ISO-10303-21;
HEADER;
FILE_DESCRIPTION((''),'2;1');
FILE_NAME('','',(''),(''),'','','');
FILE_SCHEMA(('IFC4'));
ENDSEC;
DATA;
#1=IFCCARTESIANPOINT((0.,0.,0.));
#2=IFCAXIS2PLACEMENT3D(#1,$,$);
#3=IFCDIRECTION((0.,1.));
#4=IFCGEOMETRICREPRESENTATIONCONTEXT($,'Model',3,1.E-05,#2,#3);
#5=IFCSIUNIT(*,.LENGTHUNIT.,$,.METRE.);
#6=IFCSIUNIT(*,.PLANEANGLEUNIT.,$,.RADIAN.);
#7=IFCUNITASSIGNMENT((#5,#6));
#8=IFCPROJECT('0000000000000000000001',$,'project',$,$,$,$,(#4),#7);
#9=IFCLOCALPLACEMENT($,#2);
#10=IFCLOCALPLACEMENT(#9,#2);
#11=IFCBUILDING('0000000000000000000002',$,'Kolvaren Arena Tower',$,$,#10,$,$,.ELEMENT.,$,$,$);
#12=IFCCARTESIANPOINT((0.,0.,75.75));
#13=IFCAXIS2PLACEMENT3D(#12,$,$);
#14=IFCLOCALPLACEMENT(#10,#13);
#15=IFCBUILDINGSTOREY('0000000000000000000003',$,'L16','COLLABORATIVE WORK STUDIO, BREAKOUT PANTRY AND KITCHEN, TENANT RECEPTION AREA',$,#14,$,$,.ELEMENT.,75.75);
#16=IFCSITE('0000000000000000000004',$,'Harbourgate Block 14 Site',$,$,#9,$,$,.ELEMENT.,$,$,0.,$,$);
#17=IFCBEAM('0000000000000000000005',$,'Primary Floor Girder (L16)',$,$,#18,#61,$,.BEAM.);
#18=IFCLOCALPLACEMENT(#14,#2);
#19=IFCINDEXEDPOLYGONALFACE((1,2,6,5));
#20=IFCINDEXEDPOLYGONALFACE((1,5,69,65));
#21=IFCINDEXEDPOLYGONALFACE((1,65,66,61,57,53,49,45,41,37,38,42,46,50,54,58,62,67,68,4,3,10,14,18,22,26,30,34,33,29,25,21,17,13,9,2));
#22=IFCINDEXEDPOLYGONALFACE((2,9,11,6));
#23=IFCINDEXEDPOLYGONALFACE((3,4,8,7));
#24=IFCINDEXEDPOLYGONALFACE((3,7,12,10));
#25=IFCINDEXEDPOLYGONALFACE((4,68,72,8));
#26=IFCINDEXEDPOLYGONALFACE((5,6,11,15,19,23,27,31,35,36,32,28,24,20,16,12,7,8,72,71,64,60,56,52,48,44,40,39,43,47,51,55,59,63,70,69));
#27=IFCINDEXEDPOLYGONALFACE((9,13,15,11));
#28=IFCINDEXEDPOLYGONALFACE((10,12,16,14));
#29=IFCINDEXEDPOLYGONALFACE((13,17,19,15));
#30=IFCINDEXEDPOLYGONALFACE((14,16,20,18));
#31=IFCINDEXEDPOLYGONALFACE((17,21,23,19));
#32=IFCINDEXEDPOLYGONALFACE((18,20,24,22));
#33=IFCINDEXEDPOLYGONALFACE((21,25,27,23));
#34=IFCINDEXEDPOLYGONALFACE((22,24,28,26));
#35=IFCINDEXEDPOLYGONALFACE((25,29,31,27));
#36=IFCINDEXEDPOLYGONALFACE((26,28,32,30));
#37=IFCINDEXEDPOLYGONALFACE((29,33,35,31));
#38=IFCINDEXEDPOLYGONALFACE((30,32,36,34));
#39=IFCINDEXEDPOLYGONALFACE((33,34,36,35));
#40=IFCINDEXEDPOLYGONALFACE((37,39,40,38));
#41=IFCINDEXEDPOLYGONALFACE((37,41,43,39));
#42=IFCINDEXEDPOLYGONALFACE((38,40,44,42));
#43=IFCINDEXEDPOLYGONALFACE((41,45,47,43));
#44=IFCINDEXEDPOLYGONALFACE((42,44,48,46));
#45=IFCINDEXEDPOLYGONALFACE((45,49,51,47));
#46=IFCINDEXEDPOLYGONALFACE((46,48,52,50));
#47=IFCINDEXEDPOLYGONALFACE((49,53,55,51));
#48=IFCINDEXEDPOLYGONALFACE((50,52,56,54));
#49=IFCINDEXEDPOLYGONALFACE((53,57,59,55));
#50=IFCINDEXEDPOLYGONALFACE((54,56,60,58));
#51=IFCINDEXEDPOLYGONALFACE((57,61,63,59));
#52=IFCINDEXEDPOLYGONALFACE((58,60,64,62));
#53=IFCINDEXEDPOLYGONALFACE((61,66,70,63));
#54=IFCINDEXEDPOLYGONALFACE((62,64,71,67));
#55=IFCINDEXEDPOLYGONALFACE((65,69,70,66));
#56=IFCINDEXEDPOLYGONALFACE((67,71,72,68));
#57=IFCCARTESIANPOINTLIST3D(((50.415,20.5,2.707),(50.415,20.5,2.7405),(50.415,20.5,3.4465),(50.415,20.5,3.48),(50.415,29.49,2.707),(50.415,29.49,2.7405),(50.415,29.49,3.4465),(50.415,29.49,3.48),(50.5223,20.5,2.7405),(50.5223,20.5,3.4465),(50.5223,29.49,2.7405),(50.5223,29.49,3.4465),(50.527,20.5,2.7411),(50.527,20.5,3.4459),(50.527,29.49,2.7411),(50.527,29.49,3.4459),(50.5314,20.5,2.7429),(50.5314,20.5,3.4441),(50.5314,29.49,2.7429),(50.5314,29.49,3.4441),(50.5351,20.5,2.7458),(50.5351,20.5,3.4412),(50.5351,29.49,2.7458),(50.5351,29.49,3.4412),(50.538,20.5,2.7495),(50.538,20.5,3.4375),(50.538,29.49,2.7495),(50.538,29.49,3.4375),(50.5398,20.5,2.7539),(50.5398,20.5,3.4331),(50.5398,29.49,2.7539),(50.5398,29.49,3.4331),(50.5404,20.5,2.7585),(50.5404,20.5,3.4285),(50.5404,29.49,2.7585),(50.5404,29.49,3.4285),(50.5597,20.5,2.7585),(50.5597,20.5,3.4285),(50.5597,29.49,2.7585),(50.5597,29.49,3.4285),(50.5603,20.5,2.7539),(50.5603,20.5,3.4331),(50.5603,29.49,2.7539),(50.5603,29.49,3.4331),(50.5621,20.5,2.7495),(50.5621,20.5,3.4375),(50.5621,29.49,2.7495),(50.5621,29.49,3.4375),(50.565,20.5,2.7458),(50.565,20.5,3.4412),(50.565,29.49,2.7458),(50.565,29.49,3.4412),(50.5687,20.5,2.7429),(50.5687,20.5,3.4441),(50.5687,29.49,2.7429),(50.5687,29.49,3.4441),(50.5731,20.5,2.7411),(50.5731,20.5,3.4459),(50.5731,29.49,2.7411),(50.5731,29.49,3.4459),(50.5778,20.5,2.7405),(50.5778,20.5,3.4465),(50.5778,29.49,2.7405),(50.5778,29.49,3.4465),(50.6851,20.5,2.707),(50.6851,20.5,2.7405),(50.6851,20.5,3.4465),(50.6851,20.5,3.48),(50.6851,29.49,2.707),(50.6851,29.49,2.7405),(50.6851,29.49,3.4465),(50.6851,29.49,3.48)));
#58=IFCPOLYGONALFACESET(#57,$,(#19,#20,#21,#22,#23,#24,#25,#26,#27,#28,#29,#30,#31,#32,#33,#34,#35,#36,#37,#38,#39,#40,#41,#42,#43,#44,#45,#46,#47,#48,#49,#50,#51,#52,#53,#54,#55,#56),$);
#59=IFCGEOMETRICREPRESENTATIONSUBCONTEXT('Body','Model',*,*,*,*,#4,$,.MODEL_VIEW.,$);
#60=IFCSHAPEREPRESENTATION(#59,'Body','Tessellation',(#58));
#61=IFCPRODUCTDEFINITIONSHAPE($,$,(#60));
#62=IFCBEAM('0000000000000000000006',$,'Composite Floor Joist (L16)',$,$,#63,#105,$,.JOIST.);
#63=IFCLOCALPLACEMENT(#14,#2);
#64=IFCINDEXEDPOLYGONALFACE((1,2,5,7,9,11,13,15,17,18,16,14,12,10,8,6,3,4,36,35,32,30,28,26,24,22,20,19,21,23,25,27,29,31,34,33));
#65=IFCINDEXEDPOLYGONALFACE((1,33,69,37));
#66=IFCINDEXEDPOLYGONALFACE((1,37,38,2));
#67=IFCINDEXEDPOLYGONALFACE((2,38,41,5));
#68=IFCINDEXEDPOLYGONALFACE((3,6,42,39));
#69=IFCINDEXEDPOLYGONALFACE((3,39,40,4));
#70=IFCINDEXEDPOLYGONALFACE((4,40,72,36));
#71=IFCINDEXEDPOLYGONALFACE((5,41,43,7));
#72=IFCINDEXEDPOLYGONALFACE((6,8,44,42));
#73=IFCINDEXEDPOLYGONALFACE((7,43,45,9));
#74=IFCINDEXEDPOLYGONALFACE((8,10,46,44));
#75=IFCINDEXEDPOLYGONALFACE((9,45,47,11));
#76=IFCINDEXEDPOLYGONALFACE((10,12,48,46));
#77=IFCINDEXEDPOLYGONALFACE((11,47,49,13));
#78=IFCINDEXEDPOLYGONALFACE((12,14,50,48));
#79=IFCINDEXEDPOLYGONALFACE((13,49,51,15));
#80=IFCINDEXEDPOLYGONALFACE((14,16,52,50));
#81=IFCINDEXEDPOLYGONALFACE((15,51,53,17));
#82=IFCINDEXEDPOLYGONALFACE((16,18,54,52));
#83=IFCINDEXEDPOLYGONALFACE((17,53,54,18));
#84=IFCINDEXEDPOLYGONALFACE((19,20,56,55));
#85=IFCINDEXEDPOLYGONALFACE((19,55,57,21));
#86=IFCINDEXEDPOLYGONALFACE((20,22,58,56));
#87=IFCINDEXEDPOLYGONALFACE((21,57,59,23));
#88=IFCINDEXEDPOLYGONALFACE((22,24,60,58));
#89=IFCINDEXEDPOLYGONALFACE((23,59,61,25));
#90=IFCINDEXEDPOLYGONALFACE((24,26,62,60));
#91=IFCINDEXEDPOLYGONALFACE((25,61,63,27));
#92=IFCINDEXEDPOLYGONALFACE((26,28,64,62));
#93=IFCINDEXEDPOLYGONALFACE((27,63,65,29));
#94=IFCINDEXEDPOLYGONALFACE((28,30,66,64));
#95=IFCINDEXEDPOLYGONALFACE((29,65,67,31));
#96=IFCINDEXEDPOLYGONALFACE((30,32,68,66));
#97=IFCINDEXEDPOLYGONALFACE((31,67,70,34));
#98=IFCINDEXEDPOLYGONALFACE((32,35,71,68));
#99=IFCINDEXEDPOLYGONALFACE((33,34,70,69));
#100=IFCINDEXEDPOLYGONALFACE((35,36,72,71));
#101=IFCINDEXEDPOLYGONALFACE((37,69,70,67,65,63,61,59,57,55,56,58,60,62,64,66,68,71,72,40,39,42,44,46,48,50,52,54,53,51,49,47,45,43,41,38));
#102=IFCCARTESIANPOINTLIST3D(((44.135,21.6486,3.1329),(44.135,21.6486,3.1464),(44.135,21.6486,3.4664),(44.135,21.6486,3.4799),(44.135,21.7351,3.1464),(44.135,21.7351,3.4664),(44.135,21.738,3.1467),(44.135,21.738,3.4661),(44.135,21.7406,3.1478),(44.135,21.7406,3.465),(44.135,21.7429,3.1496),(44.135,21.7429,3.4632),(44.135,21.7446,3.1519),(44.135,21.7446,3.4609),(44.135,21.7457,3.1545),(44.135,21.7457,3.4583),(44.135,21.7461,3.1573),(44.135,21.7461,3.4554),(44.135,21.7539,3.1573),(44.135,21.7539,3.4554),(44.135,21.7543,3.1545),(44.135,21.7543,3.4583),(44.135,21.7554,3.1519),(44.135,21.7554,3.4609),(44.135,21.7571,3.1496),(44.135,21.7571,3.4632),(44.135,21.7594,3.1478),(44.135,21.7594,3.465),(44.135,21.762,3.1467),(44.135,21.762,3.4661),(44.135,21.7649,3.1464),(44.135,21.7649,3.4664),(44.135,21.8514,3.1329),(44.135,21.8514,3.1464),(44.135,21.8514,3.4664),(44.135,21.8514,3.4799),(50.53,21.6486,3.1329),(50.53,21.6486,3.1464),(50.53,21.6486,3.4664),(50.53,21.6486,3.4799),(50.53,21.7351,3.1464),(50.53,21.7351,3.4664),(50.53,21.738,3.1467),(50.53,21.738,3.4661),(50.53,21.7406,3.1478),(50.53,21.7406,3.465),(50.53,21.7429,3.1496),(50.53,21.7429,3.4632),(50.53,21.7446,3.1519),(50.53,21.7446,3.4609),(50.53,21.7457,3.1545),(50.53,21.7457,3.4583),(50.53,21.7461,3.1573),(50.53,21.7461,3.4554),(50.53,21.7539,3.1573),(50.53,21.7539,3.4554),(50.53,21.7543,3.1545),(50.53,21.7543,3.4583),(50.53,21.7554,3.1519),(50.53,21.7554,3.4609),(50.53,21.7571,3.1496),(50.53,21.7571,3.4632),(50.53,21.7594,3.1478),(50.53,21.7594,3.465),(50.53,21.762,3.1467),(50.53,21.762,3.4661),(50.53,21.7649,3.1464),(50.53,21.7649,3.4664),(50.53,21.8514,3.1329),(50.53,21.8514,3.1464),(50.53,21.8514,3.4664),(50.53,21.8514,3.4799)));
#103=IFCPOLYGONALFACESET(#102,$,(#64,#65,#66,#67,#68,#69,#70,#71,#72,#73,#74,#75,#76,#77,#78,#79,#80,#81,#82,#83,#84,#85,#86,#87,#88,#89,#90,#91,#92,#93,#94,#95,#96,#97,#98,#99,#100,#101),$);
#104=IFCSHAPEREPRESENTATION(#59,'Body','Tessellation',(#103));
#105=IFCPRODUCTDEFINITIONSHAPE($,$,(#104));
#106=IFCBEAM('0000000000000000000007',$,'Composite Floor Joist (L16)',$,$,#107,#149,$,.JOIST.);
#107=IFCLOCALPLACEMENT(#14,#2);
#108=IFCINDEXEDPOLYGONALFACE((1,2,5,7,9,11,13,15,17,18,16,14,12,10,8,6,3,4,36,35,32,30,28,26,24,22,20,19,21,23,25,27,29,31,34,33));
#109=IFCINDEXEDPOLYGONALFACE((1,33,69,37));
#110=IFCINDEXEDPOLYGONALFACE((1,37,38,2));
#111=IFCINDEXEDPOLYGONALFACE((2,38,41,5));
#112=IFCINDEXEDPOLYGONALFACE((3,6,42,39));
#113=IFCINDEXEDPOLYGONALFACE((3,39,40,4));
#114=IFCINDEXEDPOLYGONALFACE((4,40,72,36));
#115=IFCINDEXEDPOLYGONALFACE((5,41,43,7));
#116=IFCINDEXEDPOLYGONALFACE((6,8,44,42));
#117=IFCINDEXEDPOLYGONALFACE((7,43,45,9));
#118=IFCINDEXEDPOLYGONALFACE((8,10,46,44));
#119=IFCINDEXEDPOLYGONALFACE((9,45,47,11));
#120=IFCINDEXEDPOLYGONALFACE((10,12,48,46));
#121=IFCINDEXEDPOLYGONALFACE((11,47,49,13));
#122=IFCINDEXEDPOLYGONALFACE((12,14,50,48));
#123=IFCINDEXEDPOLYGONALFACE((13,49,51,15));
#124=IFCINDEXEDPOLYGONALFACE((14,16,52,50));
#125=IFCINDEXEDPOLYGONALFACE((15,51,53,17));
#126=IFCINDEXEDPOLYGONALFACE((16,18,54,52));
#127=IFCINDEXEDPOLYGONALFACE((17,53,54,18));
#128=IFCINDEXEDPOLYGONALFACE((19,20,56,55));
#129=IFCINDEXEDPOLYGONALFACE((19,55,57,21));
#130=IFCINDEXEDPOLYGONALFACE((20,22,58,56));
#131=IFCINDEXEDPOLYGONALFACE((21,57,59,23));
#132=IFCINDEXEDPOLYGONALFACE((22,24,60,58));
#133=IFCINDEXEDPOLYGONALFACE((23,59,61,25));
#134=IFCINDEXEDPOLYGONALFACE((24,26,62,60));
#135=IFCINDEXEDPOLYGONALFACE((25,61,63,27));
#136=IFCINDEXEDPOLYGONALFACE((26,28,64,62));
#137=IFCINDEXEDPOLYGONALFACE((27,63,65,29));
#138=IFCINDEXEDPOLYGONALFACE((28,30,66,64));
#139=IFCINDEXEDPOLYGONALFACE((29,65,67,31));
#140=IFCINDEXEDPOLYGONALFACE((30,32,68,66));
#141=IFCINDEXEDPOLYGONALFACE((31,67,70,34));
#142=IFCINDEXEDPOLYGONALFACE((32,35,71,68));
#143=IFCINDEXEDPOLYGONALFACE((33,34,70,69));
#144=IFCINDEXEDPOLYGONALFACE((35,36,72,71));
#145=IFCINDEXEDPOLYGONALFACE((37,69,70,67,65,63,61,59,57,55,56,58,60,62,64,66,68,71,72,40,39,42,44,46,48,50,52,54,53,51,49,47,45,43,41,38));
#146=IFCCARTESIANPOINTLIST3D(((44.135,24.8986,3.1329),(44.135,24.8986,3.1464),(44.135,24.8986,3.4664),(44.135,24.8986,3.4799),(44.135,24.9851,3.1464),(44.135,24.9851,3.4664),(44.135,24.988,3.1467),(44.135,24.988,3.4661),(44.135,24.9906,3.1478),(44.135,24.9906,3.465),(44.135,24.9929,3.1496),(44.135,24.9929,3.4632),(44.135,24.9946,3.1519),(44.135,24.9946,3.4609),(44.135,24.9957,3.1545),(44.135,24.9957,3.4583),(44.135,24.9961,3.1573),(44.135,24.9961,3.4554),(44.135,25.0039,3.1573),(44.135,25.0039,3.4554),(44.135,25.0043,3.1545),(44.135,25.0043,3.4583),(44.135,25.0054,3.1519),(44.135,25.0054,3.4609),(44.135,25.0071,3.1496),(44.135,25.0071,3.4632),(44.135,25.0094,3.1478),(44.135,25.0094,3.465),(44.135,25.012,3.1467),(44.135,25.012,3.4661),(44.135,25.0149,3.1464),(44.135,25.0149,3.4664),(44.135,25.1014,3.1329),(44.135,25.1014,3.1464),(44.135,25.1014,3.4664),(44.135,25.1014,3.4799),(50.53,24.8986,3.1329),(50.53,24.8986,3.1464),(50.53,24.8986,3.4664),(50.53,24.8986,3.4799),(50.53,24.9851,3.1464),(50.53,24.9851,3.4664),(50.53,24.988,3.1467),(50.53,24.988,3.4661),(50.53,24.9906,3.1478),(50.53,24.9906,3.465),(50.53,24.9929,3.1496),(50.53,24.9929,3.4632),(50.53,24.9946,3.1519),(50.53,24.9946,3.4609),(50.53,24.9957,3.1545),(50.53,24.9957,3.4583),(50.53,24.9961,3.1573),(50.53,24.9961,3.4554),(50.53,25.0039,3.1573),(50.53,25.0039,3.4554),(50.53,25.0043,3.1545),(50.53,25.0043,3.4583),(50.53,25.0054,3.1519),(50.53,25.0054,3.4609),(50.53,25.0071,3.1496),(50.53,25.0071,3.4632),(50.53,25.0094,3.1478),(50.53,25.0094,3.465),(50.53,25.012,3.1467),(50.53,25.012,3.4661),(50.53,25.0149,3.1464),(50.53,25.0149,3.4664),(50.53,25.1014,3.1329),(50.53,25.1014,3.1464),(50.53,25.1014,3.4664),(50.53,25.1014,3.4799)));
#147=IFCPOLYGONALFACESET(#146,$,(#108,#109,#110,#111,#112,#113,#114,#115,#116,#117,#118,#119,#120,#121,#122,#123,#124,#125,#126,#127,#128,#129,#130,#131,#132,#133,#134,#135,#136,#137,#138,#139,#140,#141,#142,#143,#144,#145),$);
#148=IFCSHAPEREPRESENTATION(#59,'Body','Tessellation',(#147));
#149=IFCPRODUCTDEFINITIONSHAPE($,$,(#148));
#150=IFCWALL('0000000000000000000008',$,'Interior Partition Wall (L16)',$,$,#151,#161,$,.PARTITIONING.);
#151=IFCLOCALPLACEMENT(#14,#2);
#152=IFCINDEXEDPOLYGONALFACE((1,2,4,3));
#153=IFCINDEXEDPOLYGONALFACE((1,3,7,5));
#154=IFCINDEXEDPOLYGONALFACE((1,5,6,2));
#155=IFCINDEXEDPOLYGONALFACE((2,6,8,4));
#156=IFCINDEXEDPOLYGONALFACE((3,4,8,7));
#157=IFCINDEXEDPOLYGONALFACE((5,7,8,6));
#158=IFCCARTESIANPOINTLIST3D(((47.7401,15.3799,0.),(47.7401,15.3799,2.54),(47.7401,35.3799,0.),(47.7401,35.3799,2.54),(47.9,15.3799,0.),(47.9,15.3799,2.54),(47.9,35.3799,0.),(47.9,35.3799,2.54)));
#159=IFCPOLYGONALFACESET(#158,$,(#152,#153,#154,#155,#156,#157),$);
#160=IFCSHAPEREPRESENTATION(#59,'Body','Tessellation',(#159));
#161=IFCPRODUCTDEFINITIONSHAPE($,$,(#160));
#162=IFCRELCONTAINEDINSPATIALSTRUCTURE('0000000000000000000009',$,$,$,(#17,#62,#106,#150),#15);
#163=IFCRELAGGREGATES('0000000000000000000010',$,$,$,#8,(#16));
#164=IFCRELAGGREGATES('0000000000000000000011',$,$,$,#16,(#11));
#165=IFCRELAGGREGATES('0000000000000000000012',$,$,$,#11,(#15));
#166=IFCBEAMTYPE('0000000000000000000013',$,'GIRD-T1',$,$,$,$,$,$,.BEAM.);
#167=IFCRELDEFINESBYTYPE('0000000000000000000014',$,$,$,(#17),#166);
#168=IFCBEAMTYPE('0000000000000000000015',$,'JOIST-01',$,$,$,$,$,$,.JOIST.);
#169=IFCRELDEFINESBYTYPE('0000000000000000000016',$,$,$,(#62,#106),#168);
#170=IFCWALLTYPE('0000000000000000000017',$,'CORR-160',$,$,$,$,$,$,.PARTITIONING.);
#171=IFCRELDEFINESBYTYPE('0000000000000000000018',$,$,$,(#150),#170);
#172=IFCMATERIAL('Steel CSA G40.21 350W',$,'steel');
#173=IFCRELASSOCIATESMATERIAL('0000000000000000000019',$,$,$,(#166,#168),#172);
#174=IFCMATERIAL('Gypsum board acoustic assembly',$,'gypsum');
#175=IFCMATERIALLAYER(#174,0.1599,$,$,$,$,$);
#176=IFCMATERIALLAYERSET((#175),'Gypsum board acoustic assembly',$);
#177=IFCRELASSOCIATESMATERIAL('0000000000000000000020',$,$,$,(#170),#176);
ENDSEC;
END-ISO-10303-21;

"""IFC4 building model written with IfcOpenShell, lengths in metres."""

from ifc_helpers import new_model, si_unit, direction, frame, frame_2d, origin, origin_2d, place, context, subcontext, project, spatial, rectangle, i_section, extrude, material, layer, layer_set, material_profile, profile_set, type_object, element, save


model = new_model("IFC4")

# Units and contexts
model_context = context("Model", 3, precision=1e-05, world=origin(), true_north=direction((0.0, 1.0)))
body_context = subcontext(model_context, "Body", "Model", "MODEL_VIEW")
ifc_project = project(units=[si_unit("LENGTHUNIT", "METRE"), si_unit("PLANEANGLEUNIT", "RADIAN")], contexts=[model_context])

# Site, building, storey
site_placement = place(None, origin())
site = spatial("IfcSite", under=ifc_project, at=site_placement, Name="Harbourgate Block 14 Site", CompositionType="ELEMENT", RefElevation=0.0)
building_placement = place(site_placement, origin())
building = spatial("IfcBuilding", under=site, at=building_placement, Name="Kolvaren Arena Tower", CompositionType="ELEMENT")
storey_placement = place(building_placement, frame((0.0, 0.0, 75.75)))
storey = spatial("IfcBuildingStorey", under=building, at=storey_placement, Name="L16", Description="COLLABORATIVE WORK STUDIO, BREAKOUT PANTRY AND KITCHEN, TENANT RECEPTION AREA", CompositionType="ELEMENT", Elevation=75.75)

# Beams
ifc_material_1 = material(Name="Steel CSA G40.21 350W", Category="steel")
ifc_material_profile_1 = material_profile(ifc_material_1, i_section(OverallWidth=0.27, OverallDepth=0.7729, WebThickness=0.0193, FlangeThickness=0.0334, FilletRadius=0.0181, at=origin_2d()), Name="W760x257")
ifc_profile_set_1 = profile_set([ifc_material_profile_1], Name="Steel CSA G40.21 350W")
beam_type_1 = type_object("IfcBeamType", Name="GIRD-T1", PredefinedType="BEAM", material=ifc_profile_set_1)
beam_1_placement = place(storey_placement, frame((50.55, 20.5, 3.0935), z_axis=(0.0, 1.0, 0.0), x_axis=(-1.0, 0.0, 0.0)))
element("IfcBeam", 1, at=beam_1_placement, inside=storey, type_object=beam_type_1, Name="Primary Floor Girder (L16)", PredefinedType="BEAM", context=body_context, shape_type="SweptSolid", body=[
    extrude(i_section(OverallWidth=0.27, OverallDepth=0.7729, WebThickness=0.0193, FlangeThickness=0.0334, FilletRadius=0.0181, at=origin_2d()), origin(), (0.0, 0.0, 1.0), 8.99),
])
ifc_material_profile_2 = material_profile(ifc_material_1, i_section(OverallWidth=0.2029, OverallDepth=0.3469, WebThickness=0.0078, FlangeThickness=0.0134, FilletRadius=0.011, at=origin_2d()), Name="W360x64")
ifc_profile_set_2 = profile_set([ifc_material_profile_2], Name="Steel CSA G40.21 350W")
beam_type_2 = type_object("IfcBeamType", Name="JOIST-01", PredefinedType="JOIST", material=ifc_profile_set_2)
for number, where, z_axis, x_axis, name in (
    (2, (44.135, 21.75, 3.3064), (1.0, 0.0, 0.0), (0.0, 1.0, 0.0), "Composite Floor Joist (L16)"),
    (3, (44.135, 25.0, 3.3064), (1.0, 0.0, 0.0), (0.0, 1.0, 0.0), "Composite Floor Joist (L16)"),
):
    element("IfcBeam", number, at=place(storey_placement, frame(where, z_axis=z_axis, x_axis=x_axis)), inside=storey, type_object=beam_type_2, Name=name, PredefinedType="JOIST", context=body_context, shape_type="SweptSolid", body=[
        extrude(i_section(OverallWidth=0.2029, OverallDepth=0.3469, WebThickness=0.0078, FlangeThickness=0.0134, FilletRadius=0.011, at=origin_2d()), origin(), (0.0, 0.0, 1.0), 6.395),
    ])

# Wall
ifc_material_2 = material(Name="Gypsum board acoustic assembly", Category="gypsum")
ifc_layer_1 = layer(ifc_material_2, 0.1599)
ifc_layer_set_1 = layer_set([ifc_layer_1], Name="Gypsum board acoustic assembly")
wall_type_1 = type_object("IfcWallType", Name="CORR-160", PredefinedType="PARTITIONING", material=ifc_layer_set_1)
wall_1_placement = place(storey_placement, frame((47.8201, 15.3799, 0.0), z_axis=(0.0, 0.0, 1.0), x_axis=(0.0, 1.0, 0.0)))
element("IfcWall", 4, at=wall_1_placement, inside=storey, type_object=wall_type_1, Name="Interior Partition Wall (L16)", PredefinedType="PARTITIONING", context=body_context, shape_type="SweptSolid", body=[
    extrude(rectangle(XDim=20.0, YDim=0.1599, at=frame_2d((10.0, 0.0))), origin(), (0.0, 0.0, 1.0), 2.54),
])

save(model, "model.ifc")
